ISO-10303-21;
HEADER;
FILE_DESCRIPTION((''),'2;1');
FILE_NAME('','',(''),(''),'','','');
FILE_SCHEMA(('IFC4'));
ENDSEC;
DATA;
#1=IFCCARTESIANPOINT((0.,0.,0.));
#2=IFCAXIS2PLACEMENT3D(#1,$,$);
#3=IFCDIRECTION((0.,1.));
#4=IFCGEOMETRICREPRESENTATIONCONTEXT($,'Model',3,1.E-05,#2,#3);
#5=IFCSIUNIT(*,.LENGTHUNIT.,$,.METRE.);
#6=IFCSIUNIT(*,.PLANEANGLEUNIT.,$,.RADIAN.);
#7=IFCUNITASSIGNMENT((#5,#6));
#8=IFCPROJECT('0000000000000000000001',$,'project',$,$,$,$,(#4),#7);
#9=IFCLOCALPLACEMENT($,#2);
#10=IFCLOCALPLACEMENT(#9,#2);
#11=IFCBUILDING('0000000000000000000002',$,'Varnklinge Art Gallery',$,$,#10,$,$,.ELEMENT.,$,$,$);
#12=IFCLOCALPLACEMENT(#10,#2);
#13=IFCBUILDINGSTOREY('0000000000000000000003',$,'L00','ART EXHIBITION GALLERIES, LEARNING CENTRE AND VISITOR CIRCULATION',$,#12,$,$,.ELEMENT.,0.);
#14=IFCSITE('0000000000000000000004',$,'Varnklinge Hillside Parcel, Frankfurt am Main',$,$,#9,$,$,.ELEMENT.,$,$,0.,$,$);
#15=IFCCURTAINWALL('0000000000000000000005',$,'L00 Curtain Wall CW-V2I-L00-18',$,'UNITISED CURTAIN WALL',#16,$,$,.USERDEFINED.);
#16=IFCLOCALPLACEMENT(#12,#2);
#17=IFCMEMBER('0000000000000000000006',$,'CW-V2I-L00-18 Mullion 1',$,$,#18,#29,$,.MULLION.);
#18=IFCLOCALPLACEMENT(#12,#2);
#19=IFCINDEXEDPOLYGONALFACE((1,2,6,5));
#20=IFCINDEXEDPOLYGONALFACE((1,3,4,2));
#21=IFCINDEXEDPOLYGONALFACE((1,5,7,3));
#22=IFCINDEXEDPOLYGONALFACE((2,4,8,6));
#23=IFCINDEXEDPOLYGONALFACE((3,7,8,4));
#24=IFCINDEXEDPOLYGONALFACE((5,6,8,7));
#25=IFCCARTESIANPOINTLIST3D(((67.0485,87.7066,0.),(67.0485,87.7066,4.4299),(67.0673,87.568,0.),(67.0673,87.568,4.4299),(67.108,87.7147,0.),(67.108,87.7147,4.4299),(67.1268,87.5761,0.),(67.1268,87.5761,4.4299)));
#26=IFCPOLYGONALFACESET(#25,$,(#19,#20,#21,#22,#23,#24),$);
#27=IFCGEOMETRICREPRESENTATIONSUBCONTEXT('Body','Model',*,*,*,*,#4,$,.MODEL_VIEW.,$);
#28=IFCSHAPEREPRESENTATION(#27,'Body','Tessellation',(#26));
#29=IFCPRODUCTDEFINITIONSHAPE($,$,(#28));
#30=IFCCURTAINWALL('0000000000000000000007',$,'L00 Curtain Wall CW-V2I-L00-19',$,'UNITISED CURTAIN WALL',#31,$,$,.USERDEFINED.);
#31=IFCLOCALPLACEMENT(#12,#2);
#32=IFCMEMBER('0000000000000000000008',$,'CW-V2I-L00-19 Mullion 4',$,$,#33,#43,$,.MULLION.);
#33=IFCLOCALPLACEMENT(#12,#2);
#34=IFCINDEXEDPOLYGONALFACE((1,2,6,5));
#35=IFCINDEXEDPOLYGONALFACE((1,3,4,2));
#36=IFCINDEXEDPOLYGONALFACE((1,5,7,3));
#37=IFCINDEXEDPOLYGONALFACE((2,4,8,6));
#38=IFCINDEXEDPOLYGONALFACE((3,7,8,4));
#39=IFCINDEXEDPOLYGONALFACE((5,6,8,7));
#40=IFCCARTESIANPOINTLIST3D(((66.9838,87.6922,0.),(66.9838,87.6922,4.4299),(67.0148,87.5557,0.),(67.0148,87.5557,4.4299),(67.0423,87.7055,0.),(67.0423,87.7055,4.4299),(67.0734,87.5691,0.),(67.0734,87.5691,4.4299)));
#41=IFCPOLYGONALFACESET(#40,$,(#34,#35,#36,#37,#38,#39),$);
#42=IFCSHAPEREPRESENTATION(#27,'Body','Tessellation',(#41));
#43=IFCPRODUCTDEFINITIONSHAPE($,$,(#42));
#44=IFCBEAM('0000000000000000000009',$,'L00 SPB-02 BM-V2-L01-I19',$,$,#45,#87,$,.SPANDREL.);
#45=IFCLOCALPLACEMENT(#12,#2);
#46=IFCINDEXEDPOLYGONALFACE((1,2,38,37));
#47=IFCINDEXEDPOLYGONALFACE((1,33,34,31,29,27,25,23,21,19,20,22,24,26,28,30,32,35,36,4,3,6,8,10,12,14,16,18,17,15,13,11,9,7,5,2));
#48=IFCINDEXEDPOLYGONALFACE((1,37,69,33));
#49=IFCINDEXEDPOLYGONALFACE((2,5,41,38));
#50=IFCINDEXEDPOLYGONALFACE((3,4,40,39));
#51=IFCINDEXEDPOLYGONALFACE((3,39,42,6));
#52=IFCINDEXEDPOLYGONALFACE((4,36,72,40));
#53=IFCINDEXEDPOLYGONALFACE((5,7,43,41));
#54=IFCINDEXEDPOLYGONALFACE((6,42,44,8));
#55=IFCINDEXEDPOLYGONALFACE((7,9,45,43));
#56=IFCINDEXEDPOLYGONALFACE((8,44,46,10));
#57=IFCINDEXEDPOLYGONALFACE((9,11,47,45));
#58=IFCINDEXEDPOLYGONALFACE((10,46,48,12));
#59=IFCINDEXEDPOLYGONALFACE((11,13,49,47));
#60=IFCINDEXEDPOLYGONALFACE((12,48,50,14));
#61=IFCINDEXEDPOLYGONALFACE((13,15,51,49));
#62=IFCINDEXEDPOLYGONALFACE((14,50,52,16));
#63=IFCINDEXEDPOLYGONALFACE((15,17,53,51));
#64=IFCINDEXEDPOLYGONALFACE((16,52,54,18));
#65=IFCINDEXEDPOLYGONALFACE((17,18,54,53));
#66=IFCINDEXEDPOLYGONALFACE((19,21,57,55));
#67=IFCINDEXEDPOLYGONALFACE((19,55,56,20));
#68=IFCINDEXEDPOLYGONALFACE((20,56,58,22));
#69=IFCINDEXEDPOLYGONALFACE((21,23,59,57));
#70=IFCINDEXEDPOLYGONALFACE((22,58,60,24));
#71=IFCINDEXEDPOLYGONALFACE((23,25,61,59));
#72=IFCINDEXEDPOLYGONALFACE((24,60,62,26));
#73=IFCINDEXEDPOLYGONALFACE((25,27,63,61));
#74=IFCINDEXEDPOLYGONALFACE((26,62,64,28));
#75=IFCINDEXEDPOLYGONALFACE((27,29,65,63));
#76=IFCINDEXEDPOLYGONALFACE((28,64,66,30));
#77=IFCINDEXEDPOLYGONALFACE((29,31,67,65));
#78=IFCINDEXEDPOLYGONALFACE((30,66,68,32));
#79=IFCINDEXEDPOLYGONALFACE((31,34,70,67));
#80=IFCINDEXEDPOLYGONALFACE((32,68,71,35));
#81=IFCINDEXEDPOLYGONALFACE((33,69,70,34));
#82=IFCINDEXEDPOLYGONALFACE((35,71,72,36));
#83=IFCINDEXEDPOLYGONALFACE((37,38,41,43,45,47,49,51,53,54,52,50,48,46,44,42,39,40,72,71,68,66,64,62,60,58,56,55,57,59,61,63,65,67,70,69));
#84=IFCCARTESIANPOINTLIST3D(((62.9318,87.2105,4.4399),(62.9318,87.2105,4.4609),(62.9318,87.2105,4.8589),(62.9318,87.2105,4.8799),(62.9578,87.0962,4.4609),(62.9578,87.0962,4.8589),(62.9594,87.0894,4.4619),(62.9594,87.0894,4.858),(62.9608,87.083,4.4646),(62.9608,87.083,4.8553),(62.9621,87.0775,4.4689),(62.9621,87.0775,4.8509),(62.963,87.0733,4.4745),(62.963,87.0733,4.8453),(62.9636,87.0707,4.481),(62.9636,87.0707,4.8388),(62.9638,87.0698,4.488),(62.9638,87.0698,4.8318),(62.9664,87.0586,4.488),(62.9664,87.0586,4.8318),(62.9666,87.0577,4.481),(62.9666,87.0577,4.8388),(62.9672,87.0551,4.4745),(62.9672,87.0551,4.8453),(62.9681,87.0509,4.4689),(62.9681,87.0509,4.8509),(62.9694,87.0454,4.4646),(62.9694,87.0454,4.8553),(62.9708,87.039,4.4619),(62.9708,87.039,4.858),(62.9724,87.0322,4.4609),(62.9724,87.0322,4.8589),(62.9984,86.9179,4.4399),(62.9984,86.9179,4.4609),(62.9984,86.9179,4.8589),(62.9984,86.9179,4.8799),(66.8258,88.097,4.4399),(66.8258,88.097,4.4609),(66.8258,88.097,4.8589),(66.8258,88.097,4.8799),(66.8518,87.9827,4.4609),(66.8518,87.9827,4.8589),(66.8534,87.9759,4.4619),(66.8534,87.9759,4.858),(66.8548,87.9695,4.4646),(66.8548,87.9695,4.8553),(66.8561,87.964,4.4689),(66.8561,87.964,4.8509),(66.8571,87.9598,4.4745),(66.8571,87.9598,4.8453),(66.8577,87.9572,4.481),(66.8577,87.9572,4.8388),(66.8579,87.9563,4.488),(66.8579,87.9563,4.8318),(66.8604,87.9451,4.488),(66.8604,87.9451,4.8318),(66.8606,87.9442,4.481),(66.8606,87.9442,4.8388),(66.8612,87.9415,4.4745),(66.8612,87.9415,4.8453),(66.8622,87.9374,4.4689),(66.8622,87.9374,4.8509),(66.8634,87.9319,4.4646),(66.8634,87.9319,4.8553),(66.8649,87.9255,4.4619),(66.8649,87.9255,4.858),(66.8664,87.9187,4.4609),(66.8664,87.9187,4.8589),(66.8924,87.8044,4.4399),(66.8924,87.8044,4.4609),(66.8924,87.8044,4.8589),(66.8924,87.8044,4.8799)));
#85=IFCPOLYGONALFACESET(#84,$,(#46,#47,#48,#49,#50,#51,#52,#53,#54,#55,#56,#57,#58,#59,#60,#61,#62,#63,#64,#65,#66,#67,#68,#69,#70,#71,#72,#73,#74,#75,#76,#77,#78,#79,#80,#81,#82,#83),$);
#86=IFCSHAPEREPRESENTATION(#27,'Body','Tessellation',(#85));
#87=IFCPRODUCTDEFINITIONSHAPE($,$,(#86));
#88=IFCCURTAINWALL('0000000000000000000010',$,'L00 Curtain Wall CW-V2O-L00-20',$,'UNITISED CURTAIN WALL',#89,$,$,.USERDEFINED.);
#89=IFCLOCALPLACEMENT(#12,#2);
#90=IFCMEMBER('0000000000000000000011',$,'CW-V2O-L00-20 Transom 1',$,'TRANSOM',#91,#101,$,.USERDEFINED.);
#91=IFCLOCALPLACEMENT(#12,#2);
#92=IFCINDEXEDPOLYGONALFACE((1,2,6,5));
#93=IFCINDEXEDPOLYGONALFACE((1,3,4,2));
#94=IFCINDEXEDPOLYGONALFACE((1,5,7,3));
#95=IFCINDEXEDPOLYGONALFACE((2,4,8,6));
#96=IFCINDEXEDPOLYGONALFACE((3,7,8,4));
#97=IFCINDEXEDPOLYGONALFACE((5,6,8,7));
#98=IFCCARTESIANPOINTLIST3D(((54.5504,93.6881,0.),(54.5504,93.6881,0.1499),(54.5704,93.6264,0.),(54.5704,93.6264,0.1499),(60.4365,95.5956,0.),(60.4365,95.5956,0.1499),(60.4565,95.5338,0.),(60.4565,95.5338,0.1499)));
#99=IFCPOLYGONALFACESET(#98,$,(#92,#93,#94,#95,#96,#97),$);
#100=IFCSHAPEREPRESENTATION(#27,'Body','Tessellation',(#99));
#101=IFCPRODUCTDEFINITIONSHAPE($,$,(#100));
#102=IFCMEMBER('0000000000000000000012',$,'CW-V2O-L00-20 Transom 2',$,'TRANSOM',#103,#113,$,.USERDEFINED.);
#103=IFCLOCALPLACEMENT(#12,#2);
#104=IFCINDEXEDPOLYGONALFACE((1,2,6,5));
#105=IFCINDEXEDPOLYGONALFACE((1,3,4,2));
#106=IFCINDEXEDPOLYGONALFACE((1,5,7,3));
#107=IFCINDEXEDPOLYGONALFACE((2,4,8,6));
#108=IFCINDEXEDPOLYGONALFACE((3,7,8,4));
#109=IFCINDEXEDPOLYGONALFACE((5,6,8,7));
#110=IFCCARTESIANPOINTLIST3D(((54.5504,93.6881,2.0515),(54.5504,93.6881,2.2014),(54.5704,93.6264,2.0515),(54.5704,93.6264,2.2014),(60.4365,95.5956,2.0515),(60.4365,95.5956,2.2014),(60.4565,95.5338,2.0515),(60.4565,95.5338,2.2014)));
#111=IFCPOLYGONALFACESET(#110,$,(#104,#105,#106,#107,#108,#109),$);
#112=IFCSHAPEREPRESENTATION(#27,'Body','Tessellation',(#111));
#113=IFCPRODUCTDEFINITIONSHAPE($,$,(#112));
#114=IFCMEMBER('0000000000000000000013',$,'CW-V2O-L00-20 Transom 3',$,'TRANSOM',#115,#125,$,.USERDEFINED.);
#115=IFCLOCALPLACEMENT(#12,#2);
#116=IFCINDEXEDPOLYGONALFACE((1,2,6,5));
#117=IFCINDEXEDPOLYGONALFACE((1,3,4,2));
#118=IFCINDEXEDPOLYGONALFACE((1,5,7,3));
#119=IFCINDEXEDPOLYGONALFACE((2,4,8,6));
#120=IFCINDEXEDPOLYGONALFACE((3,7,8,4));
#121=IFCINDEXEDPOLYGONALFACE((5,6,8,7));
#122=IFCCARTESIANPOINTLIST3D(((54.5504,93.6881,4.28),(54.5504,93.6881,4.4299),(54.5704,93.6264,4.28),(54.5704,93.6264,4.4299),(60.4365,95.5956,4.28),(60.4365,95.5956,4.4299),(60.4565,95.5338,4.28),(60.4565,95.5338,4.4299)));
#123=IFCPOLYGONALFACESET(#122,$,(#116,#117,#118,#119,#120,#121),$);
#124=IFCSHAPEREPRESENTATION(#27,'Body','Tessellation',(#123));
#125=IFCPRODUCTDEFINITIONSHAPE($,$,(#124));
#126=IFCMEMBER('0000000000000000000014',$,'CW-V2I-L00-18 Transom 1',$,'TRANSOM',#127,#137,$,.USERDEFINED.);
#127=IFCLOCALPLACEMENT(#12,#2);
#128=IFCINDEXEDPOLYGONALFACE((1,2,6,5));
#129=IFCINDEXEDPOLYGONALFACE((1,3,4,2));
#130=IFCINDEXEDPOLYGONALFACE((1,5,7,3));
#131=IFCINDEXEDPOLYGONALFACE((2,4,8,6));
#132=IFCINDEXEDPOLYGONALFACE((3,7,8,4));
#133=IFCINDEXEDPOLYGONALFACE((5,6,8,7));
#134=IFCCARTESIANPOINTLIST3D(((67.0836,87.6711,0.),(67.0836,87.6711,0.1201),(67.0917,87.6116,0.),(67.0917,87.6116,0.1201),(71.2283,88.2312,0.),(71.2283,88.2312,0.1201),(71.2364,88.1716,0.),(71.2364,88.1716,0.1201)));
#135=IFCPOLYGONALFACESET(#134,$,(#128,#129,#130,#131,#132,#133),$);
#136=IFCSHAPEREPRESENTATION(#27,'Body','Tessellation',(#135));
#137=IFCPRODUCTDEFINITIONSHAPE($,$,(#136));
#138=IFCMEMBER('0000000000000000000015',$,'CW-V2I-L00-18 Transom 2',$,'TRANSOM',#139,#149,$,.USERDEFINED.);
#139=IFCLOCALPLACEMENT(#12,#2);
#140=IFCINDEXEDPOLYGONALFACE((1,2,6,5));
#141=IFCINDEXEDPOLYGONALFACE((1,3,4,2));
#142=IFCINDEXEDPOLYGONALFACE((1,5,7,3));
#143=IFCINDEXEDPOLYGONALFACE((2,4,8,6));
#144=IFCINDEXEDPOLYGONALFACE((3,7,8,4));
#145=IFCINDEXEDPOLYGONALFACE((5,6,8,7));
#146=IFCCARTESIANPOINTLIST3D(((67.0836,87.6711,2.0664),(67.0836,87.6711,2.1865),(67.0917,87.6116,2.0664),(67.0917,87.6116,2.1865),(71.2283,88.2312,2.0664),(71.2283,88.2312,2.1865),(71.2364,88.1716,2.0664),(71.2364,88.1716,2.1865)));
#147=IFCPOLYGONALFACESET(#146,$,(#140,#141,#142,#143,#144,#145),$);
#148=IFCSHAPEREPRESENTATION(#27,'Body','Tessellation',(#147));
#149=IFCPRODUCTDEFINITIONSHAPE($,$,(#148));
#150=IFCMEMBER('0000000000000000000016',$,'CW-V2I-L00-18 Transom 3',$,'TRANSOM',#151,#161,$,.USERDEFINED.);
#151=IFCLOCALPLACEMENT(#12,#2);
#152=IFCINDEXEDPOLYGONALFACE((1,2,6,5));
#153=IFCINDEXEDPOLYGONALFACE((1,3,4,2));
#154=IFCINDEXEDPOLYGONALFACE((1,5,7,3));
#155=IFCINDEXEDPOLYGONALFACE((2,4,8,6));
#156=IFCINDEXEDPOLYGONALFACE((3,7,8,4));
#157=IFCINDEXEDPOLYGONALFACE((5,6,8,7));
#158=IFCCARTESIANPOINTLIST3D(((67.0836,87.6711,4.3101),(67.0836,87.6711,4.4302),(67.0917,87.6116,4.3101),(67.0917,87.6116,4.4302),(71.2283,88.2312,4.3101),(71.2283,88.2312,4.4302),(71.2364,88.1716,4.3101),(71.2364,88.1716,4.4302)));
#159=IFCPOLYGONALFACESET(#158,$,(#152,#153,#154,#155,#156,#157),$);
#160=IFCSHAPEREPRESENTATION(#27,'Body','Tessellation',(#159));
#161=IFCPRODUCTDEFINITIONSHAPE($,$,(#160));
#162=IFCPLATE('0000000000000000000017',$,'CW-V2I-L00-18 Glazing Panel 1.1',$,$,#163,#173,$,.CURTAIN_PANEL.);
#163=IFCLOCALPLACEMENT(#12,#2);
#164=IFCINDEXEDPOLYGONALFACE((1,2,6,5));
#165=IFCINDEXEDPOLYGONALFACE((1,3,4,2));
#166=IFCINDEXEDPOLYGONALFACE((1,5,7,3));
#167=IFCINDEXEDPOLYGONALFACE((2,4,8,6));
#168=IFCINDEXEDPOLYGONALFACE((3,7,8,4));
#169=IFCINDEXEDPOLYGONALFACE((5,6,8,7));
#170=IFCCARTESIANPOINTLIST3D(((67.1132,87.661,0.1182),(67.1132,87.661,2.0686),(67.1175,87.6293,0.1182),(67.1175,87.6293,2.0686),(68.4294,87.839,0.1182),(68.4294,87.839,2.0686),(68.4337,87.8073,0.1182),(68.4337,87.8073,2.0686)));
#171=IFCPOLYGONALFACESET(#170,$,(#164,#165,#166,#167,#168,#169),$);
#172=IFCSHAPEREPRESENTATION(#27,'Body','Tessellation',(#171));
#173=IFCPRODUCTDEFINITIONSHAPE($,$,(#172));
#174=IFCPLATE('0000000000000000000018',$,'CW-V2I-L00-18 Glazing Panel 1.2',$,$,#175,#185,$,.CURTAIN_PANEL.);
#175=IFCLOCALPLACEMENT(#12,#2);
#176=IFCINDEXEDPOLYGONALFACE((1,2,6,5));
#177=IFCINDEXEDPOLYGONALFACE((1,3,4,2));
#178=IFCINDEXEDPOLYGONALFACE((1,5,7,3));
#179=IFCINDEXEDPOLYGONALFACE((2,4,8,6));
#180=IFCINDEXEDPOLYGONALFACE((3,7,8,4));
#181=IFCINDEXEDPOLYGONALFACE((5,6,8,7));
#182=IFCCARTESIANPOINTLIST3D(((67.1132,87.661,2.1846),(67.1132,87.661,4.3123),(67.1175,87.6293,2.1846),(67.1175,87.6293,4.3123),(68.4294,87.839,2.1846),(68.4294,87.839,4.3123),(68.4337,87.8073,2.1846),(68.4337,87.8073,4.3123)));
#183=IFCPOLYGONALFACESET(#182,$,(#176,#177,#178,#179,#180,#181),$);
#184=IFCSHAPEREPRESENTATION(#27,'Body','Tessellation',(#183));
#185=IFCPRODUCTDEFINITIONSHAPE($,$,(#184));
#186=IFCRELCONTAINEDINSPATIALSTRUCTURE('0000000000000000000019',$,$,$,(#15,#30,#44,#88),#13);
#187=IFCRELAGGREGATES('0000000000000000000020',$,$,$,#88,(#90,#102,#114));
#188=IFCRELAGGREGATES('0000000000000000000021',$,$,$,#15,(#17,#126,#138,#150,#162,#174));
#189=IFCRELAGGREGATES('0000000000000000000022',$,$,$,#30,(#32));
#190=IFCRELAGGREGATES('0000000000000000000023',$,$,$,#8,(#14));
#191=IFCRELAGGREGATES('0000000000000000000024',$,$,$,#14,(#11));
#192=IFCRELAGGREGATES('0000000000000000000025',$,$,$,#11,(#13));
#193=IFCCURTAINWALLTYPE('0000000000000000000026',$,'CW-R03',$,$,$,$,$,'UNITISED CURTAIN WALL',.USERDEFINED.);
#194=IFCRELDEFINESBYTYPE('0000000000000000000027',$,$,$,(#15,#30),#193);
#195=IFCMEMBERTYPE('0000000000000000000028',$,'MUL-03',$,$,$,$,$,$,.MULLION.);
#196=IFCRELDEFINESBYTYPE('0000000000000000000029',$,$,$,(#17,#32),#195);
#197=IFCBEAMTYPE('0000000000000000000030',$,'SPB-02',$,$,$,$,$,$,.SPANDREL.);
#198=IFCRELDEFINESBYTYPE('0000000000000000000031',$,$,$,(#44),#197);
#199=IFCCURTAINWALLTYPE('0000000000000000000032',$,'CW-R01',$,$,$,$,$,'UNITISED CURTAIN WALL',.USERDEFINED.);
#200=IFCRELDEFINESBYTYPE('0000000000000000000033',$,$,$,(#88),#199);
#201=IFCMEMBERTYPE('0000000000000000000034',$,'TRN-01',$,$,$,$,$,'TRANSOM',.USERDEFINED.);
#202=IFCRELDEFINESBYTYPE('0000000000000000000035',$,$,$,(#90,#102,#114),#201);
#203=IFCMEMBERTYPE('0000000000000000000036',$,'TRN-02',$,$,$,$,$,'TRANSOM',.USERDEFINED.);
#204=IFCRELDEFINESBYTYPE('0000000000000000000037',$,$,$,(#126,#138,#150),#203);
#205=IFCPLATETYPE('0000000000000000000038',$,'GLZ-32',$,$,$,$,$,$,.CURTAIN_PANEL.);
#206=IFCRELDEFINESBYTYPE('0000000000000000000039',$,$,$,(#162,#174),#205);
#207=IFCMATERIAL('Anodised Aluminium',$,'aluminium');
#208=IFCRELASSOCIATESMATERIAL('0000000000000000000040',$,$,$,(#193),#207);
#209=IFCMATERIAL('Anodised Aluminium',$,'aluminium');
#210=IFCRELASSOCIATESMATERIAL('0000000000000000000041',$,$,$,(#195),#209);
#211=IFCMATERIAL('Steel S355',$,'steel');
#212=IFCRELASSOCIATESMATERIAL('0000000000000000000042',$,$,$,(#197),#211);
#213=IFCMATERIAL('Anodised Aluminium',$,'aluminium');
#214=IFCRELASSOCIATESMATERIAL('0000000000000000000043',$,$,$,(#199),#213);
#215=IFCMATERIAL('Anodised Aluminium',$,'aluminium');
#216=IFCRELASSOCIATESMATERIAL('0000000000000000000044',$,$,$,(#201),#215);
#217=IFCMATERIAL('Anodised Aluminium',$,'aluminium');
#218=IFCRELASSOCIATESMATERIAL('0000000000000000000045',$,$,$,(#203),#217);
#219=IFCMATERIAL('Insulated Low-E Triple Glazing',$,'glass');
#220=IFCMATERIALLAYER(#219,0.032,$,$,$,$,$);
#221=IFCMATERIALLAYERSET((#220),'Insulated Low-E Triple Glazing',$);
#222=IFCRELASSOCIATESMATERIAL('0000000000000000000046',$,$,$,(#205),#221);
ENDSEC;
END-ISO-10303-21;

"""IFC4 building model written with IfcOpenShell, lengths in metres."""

from ifc_helpers import new_model, si_unit, direction, frame, origin, origin_2d, place, context, subcontext, project, spatial, rectangle, i_section, extrude, material, layer, layer_set, material_profile, profile_set, type_object, element, aggregate, save


model = new_model("IFC4")

# Units and contexts
model_context = context("Model", 3, precision=1e-05, world=origin(), true_north=direction((0.0, 1.0)))
body_context = subcontext(model_context, "Body", "Model", "MODEL_VIEW")
ifc_project = project(units=[si_unit("LENGTHUNIT", "METRE"), si_unit("PLANEANGLEUNIT", "RADIAN")], contexts=[model_context])

# Site, building, storey
site_placement = place(None, origin())
site = spatial("IfcSite", under=ifc_project, at=site_placement, Name="Varnklinge Hillside Parcel, Frankfurt am Main", CompositionType="ELEMENT", RefElevation=0.0)
building_placement = place(site_placement, origin())
building = spatial("IfcBuilding", under=site, at=building_placement, Name="Varnklinge Art Gallery", CompositionType="ELEMENT")
storey_placement = place(building_placement, origin())
storey = spatial("IfcBuildingStorey", under=building, at=storey_placement, Name="L00", Description="ART EXHIBITION GALLERIES, LEARNING CENTRE AND VISITOR CIRCULATION", CompositionType="ELEMENT", Elevation=0.0)

# Curtain walls, members
ifc_material_1 = material(Name="Anodised Aluminium", Category="aluminium")
curtain_wall_type_1 = type_object("IfcCurtainWallType", Name="CW-R03", ElementType="UNITISED CURTAIN WALL", PredefinedType="USERDEFINED", material=ifc_material_1)
curtain_wall_1_placement = place(storey_placement, origin())
curtain_wall_1 = element("IfcCurtainWall", 1, at=curtain_wall_1_placement, inside=storey, type_object=curtain_wall_type_1, Name="L00 Curtain Wall CW-V2I-L00-18", ObjectType="UNITISED CURTAIN WALL", PredefinedType="USERDEFINED")
ifc_material_2 = material(Name="Anodised Aluminium", Category="aluminium")
ifc_material_profile_1 = material_profile(ifc_material_2, rectangle(XDim=0.0601, YDim=0.1399, at=origin_2d()), Name="ALU 60x140")
ifc_profile_set_1 = profile_set([ifc_material_profile_1], Name="Anodised Aluminium")
member_type_1 = type_object("IfcMemberType", Name="MUL-03", PredefinedType="MULLION", material=ifc_profile_set_1)
member_1_placement = place(storey_placement, frame((67.0876, 87.6414, 0.0), z_axis=(0.0, 0.0, 1.0), x_axis=(0.990983, 0.133986, 0.0)))
member_1 = element("IfcMember", 2, at=member_1_placement, type_object=member_type_1, Name="CW-V2I-L00-18 Mullion 1", PredefinedType="MULLION", context=body_context, shape_type="SweptSolid", body=[
    extrude(rectangle(XDim=0.0601, YDim=0.1399, at=origin_2d()), origin(), (0.0, 0.0, 1.0), 4.4299),
])
curtain_wall_2_placement = place(storey_placement, origin())
curtain_wall_2 = element("IfcCurtainWall", 3, at=curtain_wall_2_placement, inside=storey, type_object=curtain_wall_type_1, Name="L00 Curtain Wall CW-V2I-L00-19", ObjectType="UNITISED CURTAIN WALL", PredefinedType="USERDEFINED")
member_2_placement = place(storey_placement, frame((67.0286, 87.6306, 0.0), z_axis=(0.0, 0.0, 1.0), x_axis=(0.975072, 0.221889, 0.0)))
member_2 = element("IfcMember", 4, at=member_2_placement, type_object=member_type_1, Name="CW-V2I-L00-19 Mullion 4", PredefinedType="MULLION", context=body_context, shape_type="SweptSolid", body=[
    extrude(rectangle(XDim=0.0601, YDim=0.1399, at=origin_2d()), origin(), (0.0, 0.0, 1.0), 4.4299),
])

# Beam
ifc_material_3 = material(Name="Steel S355", Category="steel")
ifc_material_profile_2 = material_profile(ifc_material_3, i_section(OverallWidth=0.3, OverallDepth=0.4399, WebThickness=0.0115, FlangeThickness=0.021, FilletRadius=0.0271, at=origin_2d()), Name="HEA 450")
ifc_profile_set_2 = profile_set([ifc_material_profile_2], Name="Steel S355")
beam_type_1 = type_object("IfcBeamType", Name="SPB-02", PredefinedType="SPANDREL", material=ifc_profile_set_2)
beam_1_placement = place(storey_placement, frame((66.8591, 87.9507, 4.6599), z_axis=(-0.975054, -0.22197, 0.0), x_axis=(0.22197, -0.975054, 0.0)))
element("IfcBeam", 5, at=beam_1_placement, inside=storey, type_object=beam_type_1, Name="L00 SPB-02 BM-V2-L01-I19", PredefinedType="SPANDREL", context=body_context, shape_type="SweptSolid", body=[
    extrude(i_section(OverallWidth=0.3, OverallDepth=0.4399, WebThickness=0.0115, FlangeThickness=0.021, FilletRadius=0.0271, at=origin_2d()), origin(), (0.0, 0.0, 1.0), 3.9937),
])

# Curtain wall, members
ifc_material_4 = material(Name="Anodised Aluminium", Category="aluminium")
curtain_wall_type_2 = type_object("IfcCurtainWallType", Name="CW-R01", ElementType="UNITISED CURTAIN WALL", PredefinedType="USERDEFINED", material=ifc_material_4)
curtain_wall_3_placement = place(storey_placement, origin())
curtain_wall_3 = element("IfcCurtainWall", 6, at=curtain_wall_3_placement, inside=storey, type_object=curtain_wall_type_2, Name="L00 Curtain Wall CW-V2O-L00-20", ObjectType="UNITISED CURTAIN WALL", PredefinedType="USERDEFINED")
ifc_material_5 = material(Name="Anodised Aluminium", Category="aluminium")
ifc_material_profile_3 = material_profile(ifc_material_5, rectangle(XDim=0.0649, YDim=0.1499, at=origin_2d()), Name="ALU 65x150")
ifc_profile_set_3 = profile_set([ifc_material_profile_3], Name="Anodised Aluminium")
member_type_2 = type_object("IfcMemberType", Name="TRN-01", ElementType="TRANSOM", PredefinedType="USERDEFINED", material=ifc_profile_set_3)
member_3_placement = place(storey_placement, frame((60.4465, 95.5647, 0.075), z_axis=(-0.951298, -0.308274, 0.0), x_axis=(0.308274, -0.951298, 0.0)))
member_3 = element("IfcMember", 7, at=member_3_placement, type_object=member_type_2, Name="CW-V2O-L00-20 Transom 1", ObjectType="TRANSOM", PredefinedType="USERDEFINED", context=body_context, shape_type="SweptSolid", body=[
    extrude(rectangle(XDim=0.0649, YDim=0.1499, at=origin_2d()), origin(), (0.0, 0.0, 1.0), 6.1875),
])
member_4_placement = place(storey_placement, frame((60.4465, 95.5647, 2.1265), z_axis=(-0.951298, -0.308274, 0.0), x_axis=(0.308274, -0.951298, 0.0)))
member_4 = element("IfcMember", 8, at=member_4_placement, type_object=member_type_2, Name="CW-V2O-L00-20 Transom 2", ObjectType="TRANSOM", PredefinedType="USERDEFINED", context=body_context, shape_type="SweptSolid", body=[
    extrude(rectangle(XDim=0.0649, YDim=0.1499, at=origin_2d()), origin(), (0.0, 0.0, 1.0), 6.1875),
])
member_5_placement = place(storey_placement, frame((60.4465, 95.5647, 4.355), z_axis=(-0.951298, -0.308274, 0.0), x_axis=(0.308274, -0.951298, 0.0)))
member_5 = element("IfcMember", 9, at=member_5_placement, type_object=member_type_2, Name="CW-V2O-L00-20 Transom 3", ObjectType="TRANSOM", PredefinedType="USERDEFINED", context=body_context, shape_type="SweptSolid", body=[
    extrude(rectangle(XDim=0.0649, YDim=0.1499, at=origin_2d()), origin(), (0.0, 0.0, 1.0), 6.1875),
])
aggregate(curtain_wall_3, [member_3, member_4, member_5])

# Members
ifc_material_6 = material(Name="Anodised Aluminium", Category="aluminium")
ifc_material_profile_4 = material_profile(ifc_material_6, rectangle(XDim=0.0601, YDim=0.1201, at=origin_2d()), Name="ALU 60x120")
ifc_profile_set_4 = profile_set([ifc_material_profile_4], Name="Anodised Aluminium")
member_type_3 = type_object("IfcMemberType", Name="TRN-02", ElementType="TRANSOM", PredefinedType="USERDEFINED", material=ifc_profile_set_4)
member_6_placement = place(storey_placement, frame((67.0876, 87.6414, 0.0601), z_axis=(0.990994, 0.133907, 0.0), x_axis=(-0.133907, 0.990994, 0.0)))
member_6 = element("IfcMember", 10, at=member_6_placement, type_object=member_type_3, Name="CW-V2I-L00-18 Transom 1", ObjectType="TRANSOM", PredefinedType="USERDEFINED", context=body_context, shape_type="SweptSolid", body=[
    extrude(rectangle(XDim=0.0601, YDim=0.1201, at=origin_2d()), origin(), (0.0, 0.0, 1.0), 4.1824),
])
member_7_placement = place(storey_placement, frame((67.0876, 87.6414, 2.1265), z_axis=(0.990994, 0.133907, 0.0), x_axis=(-0.133907, 0.990994, 0.0)))
member_7 = element("IfcMember", 11, at=member_7_placement, type_object=member_type_3, Name="CW-V2I-L00-18 Transom 2", ObjectType="TRANSOM", PredefinedType="USERDEFINED", context=body_context, shape_type="SweptSolid", body=[
    extrude(rectangle(XDim=0.0601, YDim=0.1201, at=origin_2d()), origin(), (0.0, 0.0, 1.0), 4.1824),
])
member_8_placement = place(storey_placement, frame((67.0876, 87.6414, 4.3701), z_axis=(0.990994, 0.133907, 0.0), x_axis=(-0.133907, 0.990994, 0.0)))
member_8 = element("IfcMember", 12, at=member_8_placement, type_object=member_type_3, Name="CW-V2I-L00-18 Transom 3", ObjectType="TRANSOM", PredefinedType="USERDEFINED", context=body_context, shape_type="SweptSolid", body=[
    extrude(rectangle(XDim=0.0601, YDim=0.1201, at=origin_2d()), origin(), (0.0, 0.0, 1.0), 4.1824),
])

# Plates
ifc_material_7 = material(Name="Insulated Low-E Triple Glazing", Category="glass")
ifc_layer_1 = layer(ifc_material_7, 0.032)
ifc_layer_set_1 = layer_set([ifc_layer_1], Name="Insulated Low-E Triple Glazing")
plate_type = type_object("IfcPlateType", Name="GLZ-32", PredefinedType="CURTAIN_PANEL", material=ifc_layer_set_1)
plate_1_placement = place(storey_placement, frame((67.7734, 87.7341, 0.1182), z_axis=(0.0, 0.0, 1.0), x_axis=(0.990983, 0.133986, 0.0)))
plate_1 = element("IfcPlate", 13, at=plate_1_placement, type_object=plate_type, Name="CW-V2I-L00-18 Glazing Panel 1.1", PredefinedType="CURTAIN_PANEL", context=body_context, shape_type="SweptSolid", body=[
    extrude(rectangle(XDim=1.3281, YDim=0.032, at=origin_2d()), origin(), (0.0, 0.0, 1.0), 1.9504),
])
plate_2_placement = place(storey_placement, frame((67.7734, 87.7341, 2.1846), z_axis=(0.0, 0.0, 1.0), x_axis=(0.990983, 0.133986, 0.0)))
plate_2 = element("IfcPlate", 14, at=plate_2_placement, type_object=plate_type, Name="CW-V2I-L00-18 Glazing Panel 1.2", PredefinedType="CURTAIN_PANEL", context=body_context, shape_type="SweptSolid", body=[
    extrude(rectangle(XDim=1.3281, YDim=0.032, at=origin_2d()), origin(), (0.0, 0.0, 1.0), 2.1277),
])
aggregate(curtain_wall_1, [member_1, member_6, member_7, member_8, plate_1, plate_2])
aggregate(curtain_wall_2, [member_2])

save(model, "model.ifc")
